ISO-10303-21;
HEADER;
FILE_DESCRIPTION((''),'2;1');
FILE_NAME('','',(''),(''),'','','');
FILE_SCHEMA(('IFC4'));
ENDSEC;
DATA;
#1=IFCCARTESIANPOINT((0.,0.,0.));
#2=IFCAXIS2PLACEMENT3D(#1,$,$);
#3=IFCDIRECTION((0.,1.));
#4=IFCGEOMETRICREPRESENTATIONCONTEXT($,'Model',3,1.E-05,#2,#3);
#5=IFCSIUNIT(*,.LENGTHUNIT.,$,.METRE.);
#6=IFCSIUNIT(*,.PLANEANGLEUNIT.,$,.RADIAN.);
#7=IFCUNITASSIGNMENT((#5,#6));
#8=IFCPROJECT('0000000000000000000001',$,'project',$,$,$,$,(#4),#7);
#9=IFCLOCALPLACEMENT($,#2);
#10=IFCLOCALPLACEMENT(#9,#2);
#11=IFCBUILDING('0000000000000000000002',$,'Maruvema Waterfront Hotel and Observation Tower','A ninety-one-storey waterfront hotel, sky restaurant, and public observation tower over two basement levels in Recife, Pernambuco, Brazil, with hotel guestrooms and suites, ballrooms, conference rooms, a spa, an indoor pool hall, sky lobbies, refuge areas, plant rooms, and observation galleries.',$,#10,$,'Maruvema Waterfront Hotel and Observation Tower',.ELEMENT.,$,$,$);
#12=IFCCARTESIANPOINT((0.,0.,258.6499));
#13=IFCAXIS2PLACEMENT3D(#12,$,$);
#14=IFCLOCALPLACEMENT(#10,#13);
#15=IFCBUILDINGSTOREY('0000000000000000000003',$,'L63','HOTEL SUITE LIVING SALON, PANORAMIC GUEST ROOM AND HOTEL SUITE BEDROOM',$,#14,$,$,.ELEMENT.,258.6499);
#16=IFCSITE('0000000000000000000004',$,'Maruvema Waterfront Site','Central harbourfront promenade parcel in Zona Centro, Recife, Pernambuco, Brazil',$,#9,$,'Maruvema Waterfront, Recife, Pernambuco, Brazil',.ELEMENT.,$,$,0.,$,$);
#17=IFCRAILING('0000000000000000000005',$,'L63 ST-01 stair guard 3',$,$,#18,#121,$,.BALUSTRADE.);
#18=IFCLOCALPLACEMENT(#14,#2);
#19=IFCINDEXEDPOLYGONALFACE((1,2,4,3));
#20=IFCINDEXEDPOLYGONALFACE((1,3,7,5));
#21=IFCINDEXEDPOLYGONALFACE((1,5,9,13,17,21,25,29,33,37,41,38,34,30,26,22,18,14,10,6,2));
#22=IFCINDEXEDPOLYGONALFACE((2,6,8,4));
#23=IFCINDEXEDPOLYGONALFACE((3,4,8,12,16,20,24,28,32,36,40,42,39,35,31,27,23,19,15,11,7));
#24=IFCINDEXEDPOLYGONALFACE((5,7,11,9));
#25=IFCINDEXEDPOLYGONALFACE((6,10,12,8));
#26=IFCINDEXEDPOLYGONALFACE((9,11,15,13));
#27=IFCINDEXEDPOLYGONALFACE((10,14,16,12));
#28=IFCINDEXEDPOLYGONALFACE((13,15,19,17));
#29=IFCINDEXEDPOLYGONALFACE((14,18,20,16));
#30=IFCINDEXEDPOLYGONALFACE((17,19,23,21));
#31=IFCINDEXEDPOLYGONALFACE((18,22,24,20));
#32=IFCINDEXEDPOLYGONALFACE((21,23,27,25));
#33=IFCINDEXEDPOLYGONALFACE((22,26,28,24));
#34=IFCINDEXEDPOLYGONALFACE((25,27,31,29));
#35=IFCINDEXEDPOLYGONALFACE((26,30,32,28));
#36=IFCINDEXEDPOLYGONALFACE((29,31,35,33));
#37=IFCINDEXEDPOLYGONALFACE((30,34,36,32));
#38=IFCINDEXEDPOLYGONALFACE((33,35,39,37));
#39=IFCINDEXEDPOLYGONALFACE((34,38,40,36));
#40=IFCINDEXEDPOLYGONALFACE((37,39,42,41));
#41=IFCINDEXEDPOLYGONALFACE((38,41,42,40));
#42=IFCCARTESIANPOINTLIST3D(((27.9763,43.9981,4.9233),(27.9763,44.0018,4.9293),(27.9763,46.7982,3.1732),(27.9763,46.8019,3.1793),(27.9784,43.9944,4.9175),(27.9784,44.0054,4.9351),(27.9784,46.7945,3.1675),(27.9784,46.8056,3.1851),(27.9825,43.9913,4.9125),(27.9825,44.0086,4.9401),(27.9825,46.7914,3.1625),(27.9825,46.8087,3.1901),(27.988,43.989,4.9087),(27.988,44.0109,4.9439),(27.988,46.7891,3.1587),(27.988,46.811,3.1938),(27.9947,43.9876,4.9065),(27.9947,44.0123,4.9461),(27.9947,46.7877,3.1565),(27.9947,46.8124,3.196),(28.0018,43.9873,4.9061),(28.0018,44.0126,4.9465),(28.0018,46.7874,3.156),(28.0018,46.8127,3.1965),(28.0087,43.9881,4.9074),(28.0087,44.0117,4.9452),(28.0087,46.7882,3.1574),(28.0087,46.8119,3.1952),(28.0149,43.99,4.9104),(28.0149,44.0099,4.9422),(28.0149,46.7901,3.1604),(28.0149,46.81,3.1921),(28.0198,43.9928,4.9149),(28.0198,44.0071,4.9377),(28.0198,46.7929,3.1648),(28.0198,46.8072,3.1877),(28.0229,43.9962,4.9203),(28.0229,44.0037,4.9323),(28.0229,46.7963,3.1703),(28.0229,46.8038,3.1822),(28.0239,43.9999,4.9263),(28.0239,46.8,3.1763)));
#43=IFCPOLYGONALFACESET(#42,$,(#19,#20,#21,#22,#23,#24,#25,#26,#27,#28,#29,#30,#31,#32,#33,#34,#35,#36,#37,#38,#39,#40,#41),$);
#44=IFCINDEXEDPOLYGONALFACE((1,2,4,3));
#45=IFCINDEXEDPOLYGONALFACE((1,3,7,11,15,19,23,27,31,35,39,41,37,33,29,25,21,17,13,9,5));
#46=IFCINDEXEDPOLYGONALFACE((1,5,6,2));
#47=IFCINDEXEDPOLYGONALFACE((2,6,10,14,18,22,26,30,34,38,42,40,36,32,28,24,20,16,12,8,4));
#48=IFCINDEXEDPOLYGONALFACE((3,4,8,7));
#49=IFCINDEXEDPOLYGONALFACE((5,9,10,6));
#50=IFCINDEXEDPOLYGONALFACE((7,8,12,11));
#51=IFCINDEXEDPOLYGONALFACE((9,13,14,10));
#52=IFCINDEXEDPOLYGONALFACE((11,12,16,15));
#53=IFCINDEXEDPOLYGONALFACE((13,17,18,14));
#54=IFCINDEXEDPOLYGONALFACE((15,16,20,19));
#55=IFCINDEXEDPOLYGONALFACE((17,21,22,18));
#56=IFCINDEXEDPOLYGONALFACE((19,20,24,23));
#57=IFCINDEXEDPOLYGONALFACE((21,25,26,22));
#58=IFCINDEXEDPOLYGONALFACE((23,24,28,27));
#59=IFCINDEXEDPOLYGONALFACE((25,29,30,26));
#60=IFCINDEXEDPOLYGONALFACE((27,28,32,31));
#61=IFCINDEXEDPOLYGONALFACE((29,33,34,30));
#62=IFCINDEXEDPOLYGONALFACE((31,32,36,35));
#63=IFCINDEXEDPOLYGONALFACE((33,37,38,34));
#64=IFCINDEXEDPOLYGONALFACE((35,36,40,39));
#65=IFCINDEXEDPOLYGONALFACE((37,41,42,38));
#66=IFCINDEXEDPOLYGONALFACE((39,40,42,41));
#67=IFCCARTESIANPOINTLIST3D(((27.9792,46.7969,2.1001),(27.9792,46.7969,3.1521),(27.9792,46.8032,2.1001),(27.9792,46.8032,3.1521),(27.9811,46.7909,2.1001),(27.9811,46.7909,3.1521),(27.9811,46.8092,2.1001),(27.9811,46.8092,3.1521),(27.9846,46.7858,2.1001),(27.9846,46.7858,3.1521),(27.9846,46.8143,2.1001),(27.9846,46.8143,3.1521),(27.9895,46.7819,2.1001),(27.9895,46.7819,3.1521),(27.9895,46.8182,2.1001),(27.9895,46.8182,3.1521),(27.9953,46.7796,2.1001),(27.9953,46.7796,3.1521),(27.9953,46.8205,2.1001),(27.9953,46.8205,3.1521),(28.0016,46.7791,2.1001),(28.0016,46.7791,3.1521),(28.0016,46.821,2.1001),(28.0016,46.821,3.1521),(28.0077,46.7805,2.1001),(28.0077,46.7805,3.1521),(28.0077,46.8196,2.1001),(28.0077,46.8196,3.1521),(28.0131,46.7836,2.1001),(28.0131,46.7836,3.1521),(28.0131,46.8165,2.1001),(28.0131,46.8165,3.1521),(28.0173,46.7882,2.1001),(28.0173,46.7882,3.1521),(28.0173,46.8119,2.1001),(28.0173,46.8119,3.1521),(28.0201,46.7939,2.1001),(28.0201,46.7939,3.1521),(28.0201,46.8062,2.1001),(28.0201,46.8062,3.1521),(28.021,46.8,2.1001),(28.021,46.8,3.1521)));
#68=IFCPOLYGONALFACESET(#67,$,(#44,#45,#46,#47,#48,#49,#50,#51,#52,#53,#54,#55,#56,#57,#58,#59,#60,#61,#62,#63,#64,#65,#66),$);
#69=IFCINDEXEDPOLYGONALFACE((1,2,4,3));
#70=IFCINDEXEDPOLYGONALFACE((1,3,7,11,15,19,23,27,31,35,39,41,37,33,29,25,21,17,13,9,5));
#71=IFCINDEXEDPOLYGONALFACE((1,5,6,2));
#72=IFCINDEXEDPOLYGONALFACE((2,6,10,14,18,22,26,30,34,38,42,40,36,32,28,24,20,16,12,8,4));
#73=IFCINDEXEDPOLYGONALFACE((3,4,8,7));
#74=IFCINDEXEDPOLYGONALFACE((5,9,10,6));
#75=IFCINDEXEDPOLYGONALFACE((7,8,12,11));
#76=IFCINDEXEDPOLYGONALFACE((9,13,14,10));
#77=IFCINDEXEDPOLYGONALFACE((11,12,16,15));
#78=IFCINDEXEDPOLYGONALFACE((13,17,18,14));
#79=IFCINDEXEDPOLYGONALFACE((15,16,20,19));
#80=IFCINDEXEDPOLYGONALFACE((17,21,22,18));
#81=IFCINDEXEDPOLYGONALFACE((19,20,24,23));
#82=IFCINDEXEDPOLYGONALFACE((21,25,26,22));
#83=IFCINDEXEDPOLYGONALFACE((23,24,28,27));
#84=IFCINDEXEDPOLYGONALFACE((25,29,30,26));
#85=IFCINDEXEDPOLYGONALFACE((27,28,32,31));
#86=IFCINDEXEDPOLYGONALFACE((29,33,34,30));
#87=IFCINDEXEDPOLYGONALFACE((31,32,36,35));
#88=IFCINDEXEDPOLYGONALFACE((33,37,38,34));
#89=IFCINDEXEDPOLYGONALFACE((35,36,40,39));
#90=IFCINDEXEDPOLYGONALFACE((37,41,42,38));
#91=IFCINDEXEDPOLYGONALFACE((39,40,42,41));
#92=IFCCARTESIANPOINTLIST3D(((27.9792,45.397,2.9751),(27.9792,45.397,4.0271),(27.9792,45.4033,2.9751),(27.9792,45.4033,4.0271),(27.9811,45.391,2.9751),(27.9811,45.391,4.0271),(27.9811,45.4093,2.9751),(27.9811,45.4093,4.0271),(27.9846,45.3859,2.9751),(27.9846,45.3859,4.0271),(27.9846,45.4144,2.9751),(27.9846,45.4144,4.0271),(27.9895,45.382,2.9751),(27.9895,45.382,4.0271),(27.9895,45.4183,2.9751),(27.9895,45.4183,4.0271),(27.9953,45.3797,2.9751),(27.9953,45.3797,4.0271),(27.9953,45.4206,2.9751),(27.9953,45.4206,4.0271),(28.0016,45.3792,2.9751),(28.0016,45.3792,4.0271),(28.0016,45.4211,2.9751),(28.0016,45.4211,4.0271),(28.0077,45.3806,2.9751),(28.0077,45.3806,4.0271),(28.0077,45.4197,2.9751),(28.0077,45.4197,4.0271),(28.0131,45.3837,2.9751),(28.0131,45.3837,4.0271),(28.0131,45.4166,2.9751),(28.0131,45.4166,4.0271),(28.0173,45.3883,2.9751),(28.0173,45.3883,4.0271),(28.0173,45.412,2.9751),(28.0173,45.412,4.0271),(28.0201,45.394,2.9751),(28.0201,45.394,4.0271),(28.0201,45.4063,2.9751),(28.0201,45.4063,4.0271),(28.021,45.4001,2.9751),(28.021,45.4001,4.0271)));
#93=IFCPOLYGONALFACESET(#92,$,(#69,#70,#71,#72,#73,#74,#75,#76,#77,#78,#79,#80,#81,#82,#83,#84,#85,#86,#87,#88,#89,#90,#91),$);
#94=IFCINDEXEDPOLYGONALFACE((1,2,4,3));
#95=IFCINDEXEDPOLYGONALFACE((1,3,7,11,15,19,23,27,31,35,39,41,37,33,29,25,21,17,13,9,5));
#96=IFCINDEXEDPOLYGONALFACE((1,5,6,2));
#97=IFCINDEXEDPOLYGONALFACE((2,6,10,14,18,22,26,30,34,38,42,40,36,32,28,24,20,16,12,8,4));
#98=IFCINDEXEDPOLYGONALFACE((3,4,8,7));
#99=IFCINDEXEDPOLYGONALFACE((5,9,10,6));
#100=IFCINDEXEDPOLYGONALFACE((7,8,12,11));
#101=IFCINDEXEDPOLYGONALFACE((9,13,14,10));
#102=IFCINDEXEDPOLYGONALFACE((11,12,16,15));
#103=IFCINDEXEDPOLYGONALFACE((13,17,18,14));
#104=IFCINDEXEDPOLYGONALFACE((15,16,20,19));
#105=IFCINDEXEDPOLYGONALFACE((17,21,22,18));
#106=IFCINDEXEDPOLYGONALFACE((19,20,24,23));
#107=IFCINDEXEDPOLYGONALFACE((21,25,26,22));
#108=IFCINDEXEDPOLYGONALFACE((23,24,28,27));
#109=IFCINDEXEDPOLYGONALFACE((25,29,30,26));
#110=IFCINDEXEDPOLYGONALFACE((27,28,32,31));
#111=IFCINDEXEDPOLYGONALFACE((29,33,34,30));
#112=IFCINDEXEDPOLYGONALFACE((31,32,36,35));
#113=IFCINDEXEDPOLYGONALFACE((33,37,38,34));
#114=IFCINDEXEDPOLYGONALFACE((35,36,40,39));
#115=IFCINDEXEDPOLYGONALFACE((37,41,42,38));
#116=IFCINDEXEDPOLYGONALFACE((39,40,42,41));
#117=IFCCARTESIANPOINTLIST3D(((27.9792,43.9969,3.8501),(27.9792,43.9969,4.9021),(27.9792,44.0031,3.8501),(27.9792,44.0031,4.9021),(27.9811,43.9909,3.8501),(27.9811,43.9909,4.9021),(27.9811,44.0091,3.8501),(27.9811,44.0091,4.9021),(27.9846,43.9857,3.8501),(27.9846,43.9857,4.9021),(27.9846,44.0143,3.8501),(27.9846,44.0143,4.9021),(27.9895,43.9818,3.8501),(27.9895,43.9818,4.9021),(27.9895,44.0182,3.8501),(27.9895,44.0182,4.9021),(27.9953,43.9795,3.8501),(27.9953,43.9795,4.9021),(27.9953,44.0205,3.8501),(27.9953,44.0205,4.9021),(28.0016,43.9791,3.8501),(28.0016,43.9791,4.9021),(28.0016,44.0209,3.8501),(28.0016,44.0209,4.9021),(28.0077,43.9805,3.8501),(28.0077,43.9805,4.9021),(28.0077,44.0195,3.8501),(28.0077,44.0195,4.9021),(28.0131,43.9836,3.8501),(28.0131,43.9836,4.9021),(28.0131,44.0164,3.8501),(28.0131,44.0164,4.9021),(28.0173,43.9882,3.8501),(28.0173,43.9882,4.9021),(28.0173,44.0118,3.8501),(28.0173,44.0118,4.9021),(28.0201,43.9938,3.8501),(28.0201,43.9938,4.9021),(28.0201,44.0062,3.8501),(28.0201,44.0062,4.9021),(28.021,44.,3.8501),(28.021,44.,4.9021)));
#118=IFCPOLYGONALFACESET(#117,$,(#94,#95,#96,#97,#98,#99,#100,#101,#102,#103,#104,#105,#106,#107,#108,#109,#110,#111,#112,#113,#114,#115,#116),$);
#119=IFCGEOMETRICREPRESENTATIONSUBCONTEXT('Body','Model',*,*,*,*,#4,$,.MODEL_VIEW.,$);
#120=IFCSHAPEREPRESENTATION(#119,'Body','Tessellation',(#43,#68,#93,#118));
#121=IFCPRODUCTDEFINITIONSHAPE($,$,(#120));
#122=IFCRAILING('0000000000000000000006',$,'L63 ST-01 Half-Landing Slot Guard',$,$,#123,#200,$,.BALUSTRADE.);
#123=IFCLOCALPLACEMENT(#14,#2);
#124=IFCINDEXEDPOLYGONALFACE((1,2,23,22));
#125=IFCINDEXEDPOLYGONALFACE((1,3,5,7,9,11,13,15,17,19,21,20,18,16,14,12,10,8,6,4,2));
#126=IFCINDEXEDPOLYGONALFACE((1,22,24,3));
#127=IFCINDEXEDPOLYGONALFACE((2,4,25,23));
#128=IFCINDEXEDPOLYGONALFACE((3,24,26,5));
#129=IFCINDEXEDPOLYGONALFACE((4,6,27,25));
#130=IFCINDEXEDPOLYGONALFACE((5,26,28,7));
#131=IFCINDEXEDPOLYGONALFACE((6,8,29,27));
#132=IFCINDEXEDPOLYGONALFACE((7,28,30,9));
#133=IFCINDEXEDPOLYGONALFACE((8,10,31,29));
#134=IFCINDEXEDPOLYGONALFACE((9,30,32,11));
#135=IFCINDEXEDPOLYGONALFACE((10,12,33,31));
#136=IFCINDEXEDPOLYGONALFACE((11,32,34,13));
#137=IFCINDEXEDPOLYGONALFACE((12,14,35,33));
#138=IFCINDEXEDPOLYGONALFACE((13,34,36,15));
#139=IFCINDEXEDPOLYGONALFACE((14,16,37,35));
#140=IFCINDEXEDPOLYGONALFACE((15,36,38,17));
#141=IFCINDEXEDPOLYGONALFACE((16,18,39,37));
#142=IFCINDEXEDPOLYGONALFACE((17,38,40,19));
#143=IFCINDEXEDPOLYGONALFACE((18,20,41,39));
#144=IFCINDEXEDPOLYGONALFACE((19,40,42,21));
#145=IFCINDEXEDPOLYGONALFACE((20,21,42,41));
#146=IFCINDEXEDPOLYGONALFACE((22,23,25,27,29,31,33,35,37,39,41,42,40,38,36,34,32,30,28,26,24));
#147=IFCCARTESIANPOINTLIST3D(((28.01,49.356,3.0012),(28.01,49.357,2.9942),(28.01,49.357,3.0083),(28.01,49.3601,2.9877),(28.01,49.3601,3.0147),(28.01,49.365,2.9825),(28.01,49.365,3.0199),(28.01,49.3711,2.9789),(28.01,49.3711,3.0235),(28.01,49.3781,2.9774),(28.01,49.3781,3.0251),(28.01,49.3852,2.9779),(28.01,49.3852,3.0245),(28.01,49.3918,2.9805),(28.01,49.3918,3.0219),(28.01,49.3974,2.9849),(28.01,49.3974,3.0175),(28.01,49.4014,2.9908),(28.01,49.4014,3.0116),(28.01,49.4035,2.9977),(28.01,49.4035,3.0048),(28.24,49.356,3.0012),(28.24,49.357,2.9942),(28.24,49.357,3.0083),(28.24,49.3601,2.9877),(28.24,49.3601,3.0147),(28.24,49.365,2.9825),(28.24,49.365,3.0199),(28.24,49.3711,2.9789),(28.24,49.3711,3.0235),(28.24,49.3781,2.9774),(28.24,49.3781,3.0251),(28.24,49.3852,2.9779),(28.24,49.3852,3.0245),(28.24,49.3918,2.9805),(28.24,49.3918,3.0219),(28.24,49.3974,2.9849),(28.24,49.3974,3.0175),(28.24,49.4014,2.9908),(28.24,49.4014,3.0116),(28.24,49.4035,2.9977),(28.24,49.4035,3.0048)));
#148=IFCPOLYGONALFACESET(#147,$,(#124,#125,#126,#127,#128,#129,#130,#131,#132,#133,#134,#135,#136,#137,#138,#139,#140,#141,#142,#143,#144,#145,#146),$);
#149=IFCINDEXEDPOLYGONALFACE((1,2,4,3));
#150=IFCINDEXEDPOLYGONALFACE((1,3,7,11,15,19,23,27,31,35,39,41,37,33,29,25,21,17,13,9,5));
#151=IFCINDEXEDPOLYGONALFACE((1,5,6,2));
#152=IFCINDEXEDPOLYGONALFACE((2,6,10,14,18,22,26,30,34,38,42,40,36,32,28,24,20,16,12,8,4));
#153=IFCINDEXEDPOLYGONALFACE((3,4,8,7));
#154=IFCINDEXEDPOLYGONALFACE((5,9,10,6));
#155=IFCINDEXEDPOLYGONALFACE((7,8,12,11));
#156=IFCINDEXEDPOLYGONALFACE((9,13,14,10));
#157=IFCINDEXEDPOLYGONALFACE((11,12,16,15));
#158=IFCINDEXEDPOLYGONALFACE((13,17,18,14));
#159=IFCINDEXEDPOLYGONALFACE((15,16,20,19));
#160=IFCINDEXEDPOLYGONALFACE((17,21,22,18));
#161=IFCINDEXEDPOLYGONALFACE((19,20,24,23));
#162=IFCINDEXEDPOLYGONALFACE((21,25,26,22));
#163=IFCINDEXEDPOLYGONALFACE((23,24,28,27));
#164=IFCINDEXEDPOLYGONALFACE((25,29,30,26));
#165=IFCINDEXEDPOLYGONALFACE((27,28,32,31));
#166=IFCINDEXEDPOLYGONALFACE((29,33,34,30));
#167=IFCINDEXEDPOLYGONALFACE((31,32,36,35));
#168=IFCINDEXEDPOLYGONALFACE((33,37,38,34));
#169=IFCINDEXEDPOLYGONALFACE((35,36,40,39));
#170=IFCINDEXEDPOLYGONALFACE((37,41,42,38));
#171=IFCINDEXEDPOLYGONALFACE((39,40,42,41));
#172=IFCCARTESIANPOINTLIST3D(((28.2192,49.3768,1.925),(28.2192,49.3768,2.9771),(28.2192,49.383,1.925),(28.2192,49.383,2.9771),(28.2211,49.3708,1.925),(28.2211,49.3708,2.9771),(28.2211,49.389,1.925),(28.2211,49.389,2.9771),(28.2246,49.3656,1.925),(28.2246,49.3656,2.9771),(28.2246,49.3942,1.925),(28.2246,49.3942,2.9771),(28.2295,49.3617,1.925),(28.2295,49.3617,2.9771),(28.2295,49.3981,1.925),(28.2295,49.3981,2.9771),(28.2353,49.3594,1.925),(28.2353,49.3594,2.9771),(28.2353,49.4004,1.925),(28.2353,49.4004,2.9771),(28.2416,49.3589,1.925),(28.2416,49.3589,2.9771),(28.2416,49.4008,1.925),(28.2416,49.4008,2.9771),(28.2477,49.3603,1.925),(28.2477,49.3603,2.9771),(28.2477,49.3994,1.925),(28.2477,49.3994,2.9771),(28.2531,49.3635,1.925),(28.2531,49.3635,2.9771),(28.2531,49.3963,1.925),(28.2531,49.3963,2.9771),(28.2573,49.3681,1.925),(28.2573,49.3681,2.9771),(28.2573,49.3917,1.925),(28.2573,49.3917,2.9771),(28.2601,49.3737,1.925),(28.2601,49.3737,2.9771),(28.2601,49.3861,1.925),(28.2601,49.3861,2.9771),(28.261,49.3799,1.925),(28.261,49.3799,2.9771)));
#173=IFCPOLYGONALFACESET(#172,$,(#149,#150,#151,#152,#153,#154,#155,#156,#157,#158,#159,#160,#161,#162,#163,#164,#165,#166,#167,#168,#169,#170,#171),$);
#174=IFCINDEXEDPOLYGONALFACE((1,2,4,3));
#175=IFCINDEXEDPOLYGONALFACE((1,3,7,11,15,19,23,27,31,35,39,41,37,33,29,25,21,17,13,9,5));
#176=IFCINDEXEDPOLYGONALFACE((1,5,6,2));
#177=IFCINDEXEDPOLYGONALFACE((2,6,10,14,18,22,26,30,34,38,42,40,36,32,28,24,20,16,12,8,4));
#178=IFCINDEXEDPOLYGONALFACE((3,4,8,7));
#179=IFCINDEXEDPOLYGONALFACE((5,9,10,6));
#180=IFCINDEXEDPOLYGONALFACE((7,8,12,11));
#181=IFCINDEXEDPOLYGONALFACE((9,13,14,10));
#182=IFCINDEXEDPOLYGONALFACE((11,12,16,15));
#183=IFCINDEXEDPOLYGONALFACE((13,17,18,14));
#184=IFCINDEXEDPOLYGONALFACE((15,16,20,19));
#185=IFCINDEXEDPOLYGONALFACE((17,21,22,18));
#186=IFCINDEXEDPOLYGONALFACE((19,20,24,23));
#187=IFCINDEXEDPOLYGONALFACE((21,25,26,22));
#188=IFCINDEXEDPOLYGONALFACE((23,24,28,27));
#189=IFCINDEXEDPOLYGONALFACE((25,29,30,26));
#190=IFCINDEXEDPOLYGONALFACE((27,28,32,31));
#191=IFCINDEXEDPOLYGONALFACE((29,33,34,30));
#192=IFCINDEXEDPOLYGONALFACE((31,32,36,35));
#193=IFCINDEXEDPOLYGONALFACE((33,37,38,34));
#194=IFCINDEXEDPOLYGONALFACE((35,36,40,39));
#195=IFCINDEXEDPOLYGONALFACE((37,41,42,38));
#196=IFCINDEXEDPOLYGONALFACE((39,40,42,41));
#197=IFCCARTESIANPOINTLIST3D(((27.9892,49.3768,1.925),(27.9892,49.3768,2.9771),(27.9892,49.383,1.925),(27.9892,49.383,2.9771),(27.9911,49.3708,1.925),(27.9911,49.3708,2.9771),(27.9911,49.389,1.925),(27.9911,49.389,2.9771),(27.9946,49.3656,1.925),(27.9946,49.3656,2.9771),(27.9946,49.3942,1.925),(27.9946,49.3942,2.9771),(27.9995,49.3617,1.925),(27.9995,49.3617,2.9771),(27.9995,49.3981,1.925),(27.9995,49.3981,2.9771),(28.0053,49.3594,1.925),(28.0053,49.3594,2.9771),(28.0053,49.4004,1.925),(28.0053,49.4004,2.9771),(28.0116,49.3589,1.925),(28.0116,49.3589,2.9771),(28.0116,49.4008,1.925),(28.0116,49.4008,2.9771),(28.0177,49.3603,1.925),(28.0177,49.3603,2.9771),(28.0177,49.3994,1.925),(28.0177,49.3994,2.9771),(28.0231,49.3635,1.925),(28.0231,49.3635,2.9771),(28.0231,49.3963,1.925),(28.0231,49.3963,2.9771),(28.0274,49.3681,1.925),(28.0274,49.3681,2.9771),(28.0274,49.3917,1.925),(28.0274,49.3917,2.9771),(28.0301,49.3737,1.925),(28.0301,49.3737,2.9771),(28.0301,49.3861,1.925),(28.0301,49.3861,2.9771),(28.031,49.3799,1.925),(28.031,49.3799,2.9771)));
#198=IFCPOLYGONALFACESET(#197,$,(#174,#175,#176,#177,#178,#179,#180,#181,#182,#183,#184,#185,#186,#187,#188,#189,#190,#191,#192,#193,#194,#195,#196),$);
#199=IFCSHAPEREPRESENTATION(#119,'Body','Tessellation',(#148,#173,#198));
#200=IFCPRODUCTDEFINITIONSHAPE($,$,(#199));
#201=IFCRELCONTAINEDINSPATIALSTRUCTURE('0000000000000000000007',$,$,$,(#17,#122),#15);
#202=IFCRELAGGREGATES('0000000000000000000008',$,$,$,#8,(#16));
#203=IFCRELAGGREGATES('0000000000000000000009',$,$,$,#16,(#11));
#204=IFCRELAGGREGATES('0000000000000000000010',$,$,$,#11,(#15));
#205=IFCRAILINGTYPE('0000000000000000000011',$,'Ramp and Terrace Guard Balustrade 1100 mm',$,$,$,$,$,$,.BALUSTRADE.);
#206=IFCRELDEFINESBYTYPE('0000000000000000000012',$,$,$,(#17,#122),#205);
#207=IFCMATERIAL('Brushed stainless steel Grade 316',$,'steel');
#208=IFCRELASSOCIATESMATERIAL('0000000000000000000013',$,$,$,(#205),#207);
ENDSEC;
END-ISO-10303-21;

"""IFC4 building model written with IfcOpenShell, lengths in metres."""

from ifc_helpers import new_model, si_unit, direction, frame, origin, origin_2d, place, context, subcontext, project, spatial, circle, extrude, material, type_object, element, save


model = new_model("IFC4")

# Units and contexts
model_context = context("Model", 3, precision=1e-05, world=origin(), true_north=direction((0.0, 1.0)))
body_context = subcontext(model_context, "Body", "Model", "MODEL_VIEW")
ifc_project = project(units=[si_unit("LENGTHUNIT", "METRE"), si_unit("PLANEANGLEUNIT", "RADIAN")], contexts=[model_context])

# Site, building, storey
site_placement = place(None, origin())
site = spatial("IfcSite", under=ifc_project, at=site_placement, Name="Maruvema Waterfront Site", Description="Central harbourfront promenade parcel in Zona Centro, Recife, Pernambuco, Brazil", LongName="Maruvema Waterfront, Recife, Pernambuco, Brazil", CompositionType="ELEMENT", RefElevation=0.0)
building_placement = place(site_placement, origin())
building = spatial("IfcBuilding", under=site, at=building_placement, Name="Maruvema Waterfront Hotel and Observation Tower", Description="A ninety-one-storey waterfront hotel, sky restaurant, and public observation tower over two basement levels in Recife, Pernambuco, Brazil, with hotel guestrooms and suites, ballrooms, conference rooms, a spa, an indoor pool hall, sky lobbies, refuge areas, plant rooms, and observation galleries.", LongName="Maruvema Waterfront Hotel and Observation Tower", CompositionType="ELEMENT")
storey_placement = place(building_placement, frame((0.0, 0.0, 258.6499)))
storey = spatial("IfcBuildingStorey", under=building, at=storey_placement, Name="L63", Description="HOTEL SUITE LIVING SALON, PANORAMIC GUEST ROOM AND HOTEL SUITE BEDROOM", CompositionType="ELEMENT", Elevation=258.6499)

# Railings
ifc_material_1 = material(Name="Brushed stainless steel Grade 316", Category="steel")
railing_type_1 = type_object("IfcRailingType", Name="Ramp and Terrace Guard Balustrade 1100 mm", PredefinedType="BALUSTRADE", material=ifc_material_1)
railing_1_placement = place(storey_placement, frame((28.0, 46.8, 2.1001)))
element("IfcRailing", 1, at=railing_1_placement, inside=storey, type_object=railing_type_1, Name="L63 ST-01 stair guard 3", PredefinedType="BALUSTRADE", context=body_context, shape_type="SweptSolid", body=[
    extrude(circle(Radius=0.0239, at=origin_2d()), frame((0.0, 0.0, 1.0762), z_axis=(0.0, -0.848002, 0.529992), x_axis=(1.0, 0.0, 0.0)), (0.0, 0.0, 1.0), 3.302),
    extrude(circle(Radius=0.021, at=origin_2d()), origin(), (0.0, 0.0, 1.0), 1.052),
    extrude(circle(Radius=0.021, at=origin_2d()), frame((0.0, -1.3999, 0.875)), (0.0, 0.0, 1.0), 1.052),
    extrude(circle(Radius=0.021, at=origin_2d()), frame((0.0, -2.8, 1.75)), (0.0, 0.0, 1.0), 1.052),
])
railing_2_placement = place(storey_placement, frame((28.24, 49.3799, 1.925)))
element("IfcRailing", 2, at=railing_2_placement, inside=storey, type_object=railing_type_1, Name="L63 ST-01 Half-Landing Slot Guard", PredefinedType="BALUSTRADE", context=body_context, shape_type="SweptSolid", body=[
    extrude(circle(Radius=0.0239, at=origin_2d()), frame((0.0, 0.0, 1.0762), z_axis=(-1.0, 0.0, 0.0), x_axis=(0.0, -1.0, 0.0)), (0.0, 0.0, 1.0), 0.23),
    extrude(circle(Radius=0.021, at=origin_2d()), origin(), (0.0, 0.0, 1.0), 1.052),
    extrude(circle(Radius=0.021, at=origin_2d()), frame((-0.23, 0.0, 0.0)), (0.0, 0.0, 1.0), 1.052),
])

save(model, "model.ifc")
